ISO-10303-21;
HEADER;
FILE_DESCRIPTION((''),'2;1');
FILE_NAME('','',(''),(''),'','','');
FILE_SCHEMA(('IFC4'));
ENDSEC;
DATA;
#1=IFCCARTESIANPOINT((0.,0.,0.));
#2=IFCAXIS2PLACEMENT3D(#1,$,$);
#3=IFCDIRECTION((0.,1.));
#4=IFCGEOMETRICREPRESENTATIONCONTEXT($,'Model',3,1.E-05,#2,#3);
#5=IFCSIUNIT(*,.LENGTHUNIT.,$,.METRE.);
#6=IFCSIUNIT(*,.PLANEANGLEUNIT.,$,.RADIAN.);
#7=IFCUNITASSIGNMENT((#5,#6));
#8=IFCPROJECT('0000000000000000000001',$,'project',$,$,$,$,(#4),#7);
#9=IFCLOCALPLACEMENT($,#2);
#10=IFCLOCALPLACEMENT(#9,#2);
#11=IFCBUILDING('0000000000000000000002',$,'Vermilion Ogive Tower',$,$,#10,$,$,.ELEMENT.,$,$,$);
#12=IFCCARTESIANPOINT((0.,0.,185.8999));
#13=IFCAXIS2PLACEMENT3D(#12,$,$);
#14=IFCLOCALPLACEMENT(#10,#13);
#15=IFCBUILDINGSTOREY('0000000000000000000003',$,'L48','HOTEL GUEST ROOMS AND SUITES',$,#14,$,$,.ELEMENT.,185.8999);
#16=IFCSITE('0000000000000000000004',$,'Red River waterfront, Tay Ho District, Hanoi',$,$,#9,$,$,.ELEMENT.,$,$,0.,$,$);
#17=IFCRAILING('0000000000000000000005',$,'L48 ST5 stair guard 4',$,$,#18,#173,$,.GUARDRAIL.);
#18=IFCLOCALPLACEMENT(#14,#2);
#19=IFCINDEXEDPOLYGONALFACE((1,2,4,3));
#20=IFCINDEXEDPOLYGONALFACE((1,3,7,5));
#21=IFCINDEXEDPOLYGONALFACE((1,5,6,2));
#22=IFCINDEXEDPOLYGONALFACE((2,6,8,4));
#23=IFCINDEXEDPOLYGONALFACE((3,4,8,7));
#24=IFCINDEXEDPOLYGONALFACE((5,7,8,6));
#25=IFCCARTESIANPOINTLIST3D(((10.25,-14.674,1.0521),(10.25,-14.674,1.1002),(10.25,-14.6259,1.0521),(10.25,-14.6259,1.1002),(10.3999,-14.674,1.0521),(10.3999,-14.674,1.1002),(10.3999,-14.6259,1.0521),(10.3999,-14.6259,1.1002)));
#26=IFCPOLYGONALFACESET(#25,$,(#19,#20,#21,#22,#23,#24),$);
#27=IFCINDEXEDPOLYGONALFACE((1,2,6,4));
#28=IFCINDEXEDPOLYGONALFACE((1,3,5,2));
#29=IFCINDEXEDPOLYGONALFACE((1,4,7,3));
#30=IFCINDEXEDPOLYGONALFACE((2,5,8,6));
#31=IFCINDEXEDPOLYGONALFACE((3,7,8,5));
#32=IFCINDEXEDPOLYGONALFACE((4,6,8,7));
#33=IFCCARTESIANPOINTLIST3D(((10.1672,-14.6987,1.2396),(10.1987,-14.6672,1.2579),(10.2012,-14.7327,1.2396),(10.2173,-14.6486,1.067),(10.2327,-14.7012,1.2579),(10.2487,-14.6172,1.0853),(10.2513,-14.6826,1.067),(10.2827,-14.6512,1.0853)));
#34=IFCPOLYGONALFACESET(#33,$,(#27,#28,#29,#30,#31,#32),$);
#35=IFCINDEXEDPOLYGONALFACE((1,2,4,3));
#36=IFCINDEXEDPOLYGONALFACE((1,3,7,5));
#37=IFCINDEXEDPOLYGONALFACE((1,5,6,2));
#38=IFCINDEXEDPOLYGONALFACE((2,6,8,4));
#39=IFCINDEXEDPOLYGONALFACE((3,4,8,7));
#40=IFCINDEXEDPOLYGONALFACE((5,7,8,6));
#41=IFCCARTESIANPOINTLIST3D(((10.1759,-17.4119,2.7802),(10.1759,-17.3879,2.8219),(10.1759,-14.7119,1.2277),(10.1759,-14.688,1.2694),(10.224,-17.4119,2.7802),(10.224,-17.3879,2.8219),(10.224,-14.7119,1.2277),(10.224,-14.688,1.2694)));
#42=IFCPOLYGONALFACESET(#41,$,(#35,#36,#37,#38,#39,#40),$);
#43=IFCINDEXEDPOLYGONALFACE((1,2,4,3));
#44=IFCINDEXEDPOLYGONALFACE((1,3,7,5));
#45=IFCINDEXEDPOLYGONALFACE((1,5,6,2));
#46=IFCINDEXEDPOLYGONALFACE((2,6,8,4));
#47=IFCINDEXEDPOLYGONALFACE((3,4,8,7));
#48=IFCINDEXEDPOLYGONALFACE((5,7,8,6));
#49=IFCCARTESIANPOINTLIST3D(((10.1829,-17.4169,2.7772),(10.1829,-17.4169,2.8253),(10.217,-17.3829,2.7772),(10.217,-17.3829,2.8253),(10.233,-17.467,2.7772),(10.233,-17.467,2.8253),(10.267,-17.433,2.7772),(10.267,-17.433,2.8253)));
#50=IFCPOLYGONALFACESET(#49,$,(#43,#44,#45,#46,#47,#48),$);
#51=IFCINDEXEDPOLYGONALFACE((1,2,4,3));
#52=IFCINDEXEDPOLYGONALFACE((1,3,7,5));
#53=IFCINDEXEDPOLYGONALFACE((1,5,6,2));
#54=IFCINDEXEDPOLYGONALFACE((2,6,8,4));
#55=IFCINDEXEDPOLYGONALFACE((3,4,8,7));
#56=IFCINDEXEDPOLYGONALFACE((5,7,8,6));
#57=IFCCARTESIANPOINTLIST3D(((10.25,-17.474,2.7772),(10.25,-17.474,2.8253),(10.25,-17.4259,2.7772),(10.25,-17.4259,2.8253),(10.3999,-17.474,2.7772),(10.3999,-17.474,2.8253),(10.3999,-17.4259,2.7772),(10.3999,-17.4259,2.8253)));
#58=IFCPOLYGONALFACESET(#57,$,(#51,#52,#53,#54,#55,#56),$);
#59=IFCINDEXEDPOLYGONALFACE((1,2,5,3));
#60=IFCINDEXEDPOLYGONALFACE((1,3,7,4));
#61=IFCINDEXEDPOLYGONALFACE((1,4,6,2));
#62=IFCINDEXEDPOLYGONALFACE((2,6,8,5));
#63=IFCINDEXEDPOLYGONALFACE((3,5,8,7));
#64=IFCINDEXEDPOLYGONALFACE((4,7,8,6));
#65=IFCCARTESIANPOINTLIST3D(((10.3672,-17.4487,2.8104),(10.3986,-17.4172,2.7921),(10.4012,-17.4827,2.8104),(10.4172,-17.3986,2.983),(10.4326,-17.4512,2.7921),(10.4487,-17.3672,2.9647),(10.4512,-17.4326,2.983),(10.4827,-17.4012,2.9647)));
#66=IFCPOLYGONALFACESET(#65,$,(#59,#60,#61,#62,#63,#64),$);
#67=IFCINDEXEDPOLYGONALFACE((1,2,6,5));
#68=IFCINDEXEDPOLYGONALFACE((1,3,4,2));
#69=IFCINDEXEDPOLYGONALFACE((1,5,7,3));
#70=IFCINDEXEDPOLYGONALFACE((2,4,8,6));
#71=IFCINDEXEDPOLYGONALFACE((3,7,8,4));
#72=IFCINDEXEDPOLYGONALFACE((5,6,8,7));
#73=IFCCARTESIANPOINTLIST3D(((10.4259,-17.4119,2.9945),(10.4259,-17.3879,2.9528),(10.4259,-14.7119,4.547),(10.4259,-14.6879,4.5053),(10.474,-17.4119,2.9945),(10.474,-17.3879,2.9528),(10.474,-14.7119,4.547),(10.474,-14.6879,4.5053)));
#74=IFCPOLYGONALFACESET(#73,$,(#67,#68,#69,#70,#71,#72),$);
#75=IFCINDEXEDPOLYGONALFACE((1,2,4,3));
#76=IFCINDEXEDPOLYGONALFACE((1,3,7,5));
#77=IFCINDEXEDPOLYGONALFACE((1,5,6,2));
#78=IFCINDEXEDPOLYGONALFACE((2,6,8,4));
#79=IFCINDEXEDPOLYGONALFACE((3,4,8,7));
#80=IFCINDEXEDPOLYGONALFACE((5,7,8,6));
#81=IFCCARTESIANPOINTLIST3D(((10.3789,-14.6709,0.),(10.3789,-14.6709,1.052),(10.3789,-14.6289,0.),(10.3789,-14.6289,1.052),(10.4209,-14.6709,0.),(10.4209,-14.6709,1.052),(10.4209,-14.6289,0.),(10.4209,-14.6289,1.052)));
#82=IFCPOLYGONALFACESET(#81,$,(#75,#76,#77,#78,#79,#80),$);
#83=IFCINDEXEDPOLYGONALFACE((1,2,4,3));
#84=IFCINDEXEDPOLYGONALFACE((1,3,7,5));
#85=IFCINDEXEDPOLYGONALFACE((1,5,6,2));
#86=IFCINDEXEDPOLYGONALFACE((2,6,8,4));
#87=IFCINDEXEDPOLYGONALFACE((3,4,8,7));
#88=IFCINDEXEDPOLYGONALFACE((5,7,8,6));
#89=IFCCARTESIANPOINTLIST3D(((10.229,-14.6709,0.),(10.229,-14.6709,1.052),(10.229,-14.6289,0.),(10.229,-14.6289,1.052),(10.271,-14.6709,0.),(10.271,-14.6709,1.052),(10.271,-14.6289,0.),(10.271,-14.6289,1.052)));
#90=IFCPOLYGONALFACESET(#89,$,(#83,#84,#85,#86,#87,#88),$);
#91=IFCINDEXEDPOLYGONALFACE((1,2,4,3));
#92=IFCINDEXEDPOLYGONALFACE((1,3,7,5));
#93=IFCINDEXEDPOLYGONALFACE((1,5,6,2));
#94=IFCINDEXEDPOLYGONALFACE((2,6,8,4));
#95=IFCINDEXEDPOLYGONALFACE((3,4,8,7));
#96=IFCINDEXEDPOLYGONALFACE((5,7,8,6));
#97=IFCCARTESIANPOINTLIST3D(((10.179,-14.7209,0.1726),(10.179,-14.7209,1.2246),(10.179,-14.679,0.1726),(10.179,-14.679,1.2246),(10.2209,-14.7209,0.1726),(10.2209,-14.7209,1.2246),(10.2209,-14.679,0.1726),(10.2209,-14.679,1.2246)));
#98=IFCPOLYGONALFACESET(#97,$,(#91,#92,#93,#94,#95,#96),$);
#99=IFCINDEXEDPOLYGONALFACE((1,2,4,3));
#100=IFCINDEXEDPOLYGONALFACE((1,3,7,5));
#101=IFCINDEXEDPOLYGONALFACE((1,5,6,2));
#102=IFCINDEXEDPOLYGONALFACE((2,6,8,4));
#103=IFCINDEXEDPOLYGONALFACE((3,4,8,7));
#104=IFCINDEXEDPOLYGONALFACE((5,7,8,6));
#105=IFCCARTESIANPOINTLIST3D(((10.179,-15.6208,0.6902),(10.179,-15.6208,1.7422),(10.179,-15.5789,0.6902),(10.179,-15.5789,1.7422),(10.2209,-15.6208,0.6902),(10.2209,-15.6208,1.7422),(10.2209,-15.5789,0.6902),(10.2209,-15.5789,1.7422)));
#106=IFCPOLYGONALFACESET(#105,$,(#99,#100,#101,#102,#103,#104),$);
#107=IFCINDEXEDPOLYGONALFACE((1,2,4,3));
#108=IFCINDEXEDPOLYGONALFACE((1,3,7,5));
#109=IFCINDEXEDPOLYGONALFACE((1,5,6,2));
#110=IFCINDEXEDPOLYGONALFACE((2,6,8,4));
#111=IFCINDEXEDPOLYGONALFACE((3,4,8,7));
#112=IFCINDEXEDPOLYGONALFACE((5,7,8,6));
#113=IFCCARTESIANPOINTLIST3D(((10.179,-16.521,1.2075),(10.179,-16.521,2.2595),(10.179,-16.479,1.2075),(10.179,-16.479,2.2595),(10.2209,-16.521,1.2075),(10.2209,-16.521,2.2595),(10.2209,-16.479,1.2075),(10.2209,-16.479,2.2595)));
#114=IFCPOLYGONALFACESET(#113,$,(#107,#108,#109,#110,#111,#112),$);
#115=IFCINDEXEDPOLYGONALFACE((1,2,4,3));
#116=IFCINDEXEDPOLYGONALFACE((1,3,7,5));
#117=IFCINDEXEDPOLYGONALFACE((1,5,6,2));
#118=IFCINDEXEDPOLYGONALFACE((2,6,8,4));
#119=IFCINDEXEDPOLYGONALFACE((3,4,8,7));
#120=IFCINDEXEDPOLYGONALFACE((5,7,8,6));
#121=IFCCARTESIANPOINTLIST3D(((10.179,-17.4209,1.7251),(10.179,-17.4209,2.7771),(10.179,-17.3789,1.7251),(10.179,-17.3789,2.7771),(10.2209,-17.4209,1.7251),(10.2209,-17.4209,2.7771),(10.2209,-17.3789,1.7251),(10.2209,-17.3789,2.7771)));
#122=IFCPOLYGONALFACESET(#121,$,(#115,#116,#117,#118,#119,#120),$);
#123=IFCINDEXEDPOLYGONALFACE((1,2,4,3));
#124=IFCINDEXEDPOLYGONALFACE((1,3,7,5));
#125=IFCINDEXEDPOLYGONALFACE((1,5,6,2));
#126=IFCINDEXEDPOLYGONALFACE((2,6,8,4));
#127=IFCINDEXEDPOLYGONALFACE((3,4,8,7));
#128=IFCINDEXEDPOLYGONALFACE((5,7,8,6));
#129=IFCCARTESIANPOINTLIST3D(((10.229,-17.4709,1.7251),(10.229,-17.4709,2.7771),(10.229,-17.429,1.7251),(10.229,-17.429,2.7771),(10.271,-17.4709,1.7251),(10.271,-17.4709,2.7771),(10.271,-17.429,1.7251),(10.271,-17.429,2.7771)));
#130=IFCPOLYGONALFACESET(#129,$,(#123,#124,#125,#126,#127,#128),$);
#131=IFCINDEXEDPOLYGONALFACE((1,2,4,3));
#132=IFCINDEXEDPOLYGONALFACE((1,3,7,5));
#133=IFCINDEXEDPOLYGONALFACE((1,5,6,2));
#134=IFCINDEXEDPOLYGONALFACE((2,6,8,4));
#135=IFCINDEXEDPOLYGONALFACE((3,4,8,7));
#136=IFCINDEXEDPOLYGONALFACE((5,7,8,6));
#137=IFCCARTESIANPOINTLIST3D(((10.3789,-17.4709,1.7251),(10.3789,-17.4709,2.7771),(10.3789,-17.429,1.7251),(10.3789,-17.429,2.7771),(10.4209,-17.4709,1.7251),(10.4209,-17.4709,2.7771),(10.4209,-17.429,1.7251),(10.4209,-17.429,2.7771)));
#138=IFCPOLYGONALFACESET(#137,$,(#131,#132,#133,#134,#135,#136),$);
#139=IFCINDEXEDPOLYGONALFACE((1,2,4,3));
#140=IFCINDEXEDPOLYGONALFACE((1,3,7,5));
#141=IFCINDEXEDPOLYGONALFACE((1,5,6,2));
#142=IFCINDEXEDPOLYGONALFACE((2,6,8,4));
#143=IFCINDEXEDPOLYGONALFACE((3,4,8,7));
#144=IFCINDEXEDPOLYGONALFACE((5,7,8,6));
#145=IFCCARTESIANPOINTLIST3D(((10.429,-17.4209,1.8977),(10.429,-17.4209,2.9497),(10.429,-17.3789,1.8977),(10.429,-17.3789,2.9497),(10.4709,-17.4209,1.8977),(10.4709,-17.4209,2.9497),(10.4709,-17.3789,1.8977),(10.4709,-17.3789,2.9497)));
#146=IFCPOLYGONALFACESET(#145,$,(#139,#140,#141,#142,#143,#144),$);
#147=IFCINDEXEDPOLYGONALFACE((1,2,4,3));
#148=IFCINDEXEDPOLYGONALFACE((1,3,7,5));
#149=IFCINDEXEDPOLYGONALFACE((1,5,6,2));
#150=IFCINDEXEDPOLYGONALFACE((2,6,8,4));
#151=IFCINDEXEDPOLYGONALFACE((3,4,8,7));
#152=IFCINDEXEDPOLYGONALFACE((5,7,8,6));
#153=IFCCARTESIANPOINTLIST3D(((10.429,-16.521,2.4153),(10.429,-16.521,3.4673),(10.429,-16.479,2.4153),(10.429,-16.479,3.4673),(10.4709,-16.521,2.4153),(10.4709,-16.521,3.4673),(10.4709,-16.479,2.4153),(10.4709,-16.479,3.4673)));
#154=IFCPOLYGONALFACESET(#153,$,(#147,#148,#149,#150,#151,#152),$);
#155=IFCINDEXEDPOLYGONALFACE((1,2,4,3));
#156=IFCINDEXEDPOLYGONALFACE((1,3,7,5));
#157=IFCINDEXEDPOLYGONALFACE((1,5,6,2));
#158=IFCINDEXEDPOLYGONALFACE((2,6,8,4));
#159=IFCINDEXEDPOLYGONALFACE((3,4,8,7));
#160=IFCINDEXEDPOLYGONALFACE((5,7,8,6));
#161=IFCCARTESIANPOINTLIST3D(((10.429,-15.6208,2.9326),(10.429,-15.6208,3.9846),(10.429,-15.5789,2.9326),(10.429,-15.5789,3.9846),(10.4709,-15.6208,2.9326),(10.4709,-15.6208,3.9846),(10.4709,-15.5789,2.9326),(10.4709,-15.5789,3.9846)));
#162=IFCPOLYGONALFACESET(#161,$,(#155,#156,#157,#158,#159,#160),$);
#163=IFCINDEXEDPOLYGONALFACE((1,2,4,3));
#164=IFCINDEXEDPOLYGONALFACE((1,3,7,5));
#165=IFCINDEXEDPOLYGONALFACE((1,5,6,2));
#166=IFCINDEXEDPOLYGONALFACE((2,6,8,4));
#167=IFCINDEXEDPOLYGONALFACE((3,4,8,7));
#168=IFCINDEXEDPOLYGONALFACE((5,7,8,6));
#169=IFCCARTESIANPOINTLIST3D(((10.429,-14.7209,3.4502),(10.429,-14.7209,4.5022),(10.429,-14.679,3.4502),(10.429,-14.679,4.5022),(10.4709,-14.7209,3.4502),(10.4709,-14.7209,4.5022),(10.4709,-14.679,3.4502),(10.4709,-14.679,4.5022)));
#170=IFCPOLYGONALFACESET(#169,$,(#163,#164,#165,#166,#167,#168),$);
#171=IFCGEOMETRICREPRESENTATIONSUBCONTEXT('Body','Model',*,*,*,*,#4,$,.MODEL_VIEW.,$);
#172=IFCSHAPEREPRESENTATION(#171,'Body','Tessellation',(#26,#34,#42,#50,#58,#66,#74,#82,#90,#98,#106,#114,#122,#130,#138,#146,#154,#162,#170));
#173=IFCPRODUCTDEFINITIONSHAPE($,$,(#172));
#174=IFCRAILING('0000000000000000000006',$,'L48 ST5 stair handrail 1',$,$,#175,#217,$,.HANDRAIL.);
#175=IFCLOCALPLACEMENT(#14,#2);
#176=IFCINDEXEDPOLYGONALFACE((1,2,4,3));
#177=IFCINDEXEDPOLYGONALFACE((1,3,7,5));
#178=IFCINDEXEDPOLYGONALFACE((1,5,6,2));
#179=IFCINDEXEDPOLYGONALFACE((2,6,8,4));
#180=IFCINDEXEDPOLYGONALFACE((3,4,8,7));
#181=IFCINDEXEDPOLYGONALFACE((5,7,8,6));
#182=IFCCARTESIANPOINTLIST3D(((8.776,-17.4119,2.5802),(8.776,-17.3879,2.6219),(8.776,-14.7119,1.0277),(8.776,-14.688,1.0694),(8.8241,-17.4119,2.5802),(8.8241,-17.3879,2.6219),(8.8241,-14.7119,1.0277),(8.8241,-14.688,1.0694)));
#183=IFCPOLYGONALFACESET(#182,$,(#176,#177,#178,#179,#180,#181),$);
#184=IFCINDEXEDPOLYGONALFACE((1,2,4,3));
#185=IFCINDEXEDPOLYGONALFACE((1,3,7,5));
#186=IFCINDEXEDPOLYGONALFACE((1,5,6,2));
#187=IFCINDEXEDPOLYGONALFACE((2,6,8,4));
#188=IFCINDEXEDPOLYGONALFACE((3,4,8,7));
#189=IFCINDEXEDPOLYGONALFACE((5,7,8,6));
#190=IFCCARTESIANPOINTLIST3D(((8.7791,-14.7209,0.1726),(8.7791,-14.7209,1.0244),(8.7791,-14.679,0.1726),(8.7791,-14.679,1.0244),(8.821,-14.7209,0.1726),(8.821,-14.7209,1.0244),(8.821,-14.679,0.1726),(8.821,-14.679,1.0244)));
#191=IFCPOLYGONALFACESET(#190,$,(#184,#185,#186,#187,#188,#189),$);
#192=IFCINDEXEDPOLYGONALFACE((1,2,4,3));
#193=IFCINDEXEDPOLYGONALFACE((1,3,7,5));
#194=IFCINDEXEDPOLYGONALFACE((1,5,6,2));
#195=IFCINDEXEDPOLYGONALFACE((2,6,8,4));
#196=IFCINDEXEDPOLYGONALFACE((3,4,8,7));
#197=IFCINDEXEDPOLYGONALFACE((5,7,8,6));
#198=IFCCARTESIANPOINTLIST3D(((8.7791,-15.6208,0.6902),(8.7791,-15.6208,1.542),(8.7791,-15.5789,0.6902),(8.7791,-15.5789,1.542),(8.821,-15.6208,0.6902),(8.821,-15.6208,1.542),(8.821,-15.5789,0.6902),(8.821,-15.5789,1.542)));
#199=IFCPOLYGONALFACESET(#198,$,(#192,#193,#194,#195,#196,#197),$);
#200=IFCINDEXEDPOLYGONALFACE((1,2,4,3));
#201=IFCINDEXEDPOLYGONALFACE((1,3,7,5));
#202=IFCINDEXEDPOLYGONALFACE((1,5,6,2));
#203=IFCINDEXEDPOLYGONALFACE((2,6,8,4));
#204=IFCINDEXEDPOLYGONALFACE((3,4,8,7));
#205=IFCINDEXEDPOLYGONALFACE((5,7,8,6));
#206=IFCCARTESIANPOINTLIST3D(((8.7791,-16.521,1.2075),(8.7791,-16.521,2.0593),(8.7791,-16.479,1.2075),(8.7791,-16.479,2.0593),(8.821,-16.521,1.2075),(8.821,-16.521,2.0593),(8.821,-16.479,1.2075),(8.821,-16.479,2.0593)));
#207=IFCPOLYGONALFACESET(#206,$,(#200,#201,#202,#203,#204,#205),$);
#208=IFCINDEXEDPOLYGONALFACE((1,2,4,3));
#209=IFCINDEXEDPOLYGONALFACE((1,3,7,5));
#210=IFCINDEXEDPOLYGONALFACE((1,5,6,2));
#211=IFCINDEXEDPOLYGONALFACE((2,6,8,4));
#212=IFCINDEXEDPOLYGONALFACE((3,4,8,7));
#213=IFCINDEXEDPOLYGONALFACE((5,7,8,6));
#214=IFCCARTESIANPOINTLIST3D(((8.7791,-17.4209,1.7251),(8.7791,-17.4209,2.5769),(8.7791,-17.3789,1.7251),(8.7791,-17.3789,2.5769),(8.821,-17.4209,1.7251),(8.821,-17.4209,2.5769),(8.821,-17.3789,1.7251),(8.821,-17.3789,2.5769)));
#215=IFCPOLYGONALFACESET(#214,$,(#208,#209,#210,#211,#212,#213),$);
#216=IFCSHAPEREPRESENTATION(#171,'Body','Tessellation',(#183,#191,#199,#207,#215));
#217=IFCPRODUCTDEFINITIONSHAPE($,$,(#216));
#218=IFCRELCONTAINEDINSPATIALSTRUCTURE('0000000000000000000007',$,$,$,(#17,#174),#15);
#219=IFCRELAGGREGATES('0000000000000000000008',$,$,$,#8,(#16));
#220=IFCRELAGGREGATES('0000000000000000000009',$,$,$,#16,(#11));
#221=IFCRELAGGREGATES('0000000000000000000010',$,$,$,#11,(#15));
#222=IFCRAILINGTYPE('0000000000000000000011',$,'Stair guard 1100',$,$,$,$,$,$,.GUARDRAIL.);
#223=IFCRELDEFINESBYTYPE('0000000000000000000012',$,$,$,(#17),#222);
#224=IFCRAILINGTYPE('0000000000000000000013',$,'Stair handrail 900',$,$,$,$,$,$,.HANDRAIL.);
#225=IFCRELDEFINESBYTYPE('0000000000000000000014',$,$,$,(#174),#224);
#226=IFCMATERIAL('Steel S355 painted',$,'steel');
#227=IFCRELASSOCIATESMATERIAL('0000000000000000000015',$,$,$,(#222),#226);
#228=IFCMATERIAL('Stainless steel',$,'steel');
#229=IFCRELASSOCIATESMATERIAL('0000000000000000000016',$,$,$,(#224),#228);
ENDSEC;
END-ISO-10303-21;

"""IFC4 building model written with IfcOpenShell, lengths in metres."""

from ifc_helpers import new_model, si_unit, direction, frame, origin, origin_2d, place, context, subcontext, project, spatial, rectangle, extrude, material, type_object, element, save


model = new_model("IFC4")

# Units and contexts
model_context = context("Model", 3, precision=1e-05, world=origin(), true_north=direction((0.0, 1.0)))
body_context = subcontext(model_context, "Body", "Model", "MODEL_VIEW")
ifc_project = project(units=[si_unit("LENGTHUNIT", "METRE"), si_unit("PLANEANGLEUNIT", "RADIAN")], contexts=[model_context])

# Site, building, storey
site_placement = place(None, origin())
site = spatial("IfcSite", under=ifc_project, at=site_placement, Name="Red River waterfront, Tay Ho District, Hanoi", CompositionType="ELEMENT", RefElevation=0.0)
building_placement = place(site_placement, origin())
building = spatial("IfcBuilding", under=site, at=building_placement, Name="Vermilion Ogive Tower", CompositionType="ELEMENT")
storey_placement = place(building_placement, frame((0.0, 0.0, 185.8999)))
storey = spatial("IfcBuildingStorey", under=building, at=storey_placement, Name="L48", Description="HOTEL GUEST ROOMS AND SUITES", CompositionType="ELEMENT", Elevation=185.8999)

# Railings
ifc_material_1 = material(Name="Steel S355 painted", Category="steel")
railing_type_1 = type_object("IfcRailingType", Name="Stair guard 1100", PredefinedType="GUARDRAIL", material=ifc_material_1)
railing_1_placement = place(storey_placement, frame((10.3999, -14.6499, 0.0)))
element("IfcRailing", 1, at=railing_1_placement, inside=storey, type_object=railing_type_1, Name="L48 ST5 stair guard 4", PredefinedType="GUARDRAIL", context=body_context, shape_type="SweptSolid", body=[
    extrude(rectangle(XDim=0.0481, YDim=0.0481, at=origin_2d()), frame((0.0, 0.0, 1.0762), z_axis=(-1.0, 0.0, 0.0), x_axis=(0.0, -1.0, 0.0)), (0.0, 0.0, 1.0), 0.1499),
    extrude(rectangle(XDim=0.0481, YDim=0.0481, at=origin_2d()), frame((-0.1499, 0.0, 1.0762), z_axis=(-0.268278, -0.268278, 0.925232), x_axis=(0.707107, -0.707107, 0.0)), (0.0, 0.0, 1.0), 0.1865),
    extrude(rectangle(XDim=0.0481, YDim=0.0481, at=origin_2d()), frame((-0.2, -0.05, 1.2485), z_axis=(0.0, -0.866904, 0.498476), x_axis=(1.0, 0.0, 0.0)), (0.0, 0.0, 1.0), 3.1145),
    extrude(rectangle(XDim=0.0481, YDim=0.0481, at=origin_2d()), frame((-0.2, -2.75, 2.8013), z_axis=(0.707107, -0.707107, 0.0), x_axis=(0.707107, 0.707107, 0.0)), (0.0, 0.0, 1.0), 0.0708),
    extrude(rectangle(XDim=0.0481, YDim=0.0481, at=origin_2d()), frame((-0.1499, -2.8, 2.8013), z_axis=(1.0, 0.0, 0.0), x_axis=(0.0, 1.0, 0.0)), (0.0, 0.0, 1.0), 0.1499),
    extrude(rectangle(XDim=0.0481, YDim=0.0481, at=origin_2d()), frame((0.0, -2.8, 2.8013), z_axis=(0.268278, 0.268278, 0.925232), x_axis=(-0.707107, 0.707107, 0.0)), (0.0, 0.0, 1.0), 0.1865),
    extrude(rectangle(XDim=0.0481, YDim=0.0481, at=origin_2d()), frame((0.05, -2.75, 2.9736), z_axis=(0.0, 0.866904, 0.498476), x_axis=(-1.0, 0.0, 0.0)), (0.0, 0.0, 1.0), 3.1145),
    extrude(rectangle(XDim=0.042, YDim=0.042, at=origin_2d()), origin(), (0.0, 0.0, 1.0), 1.052),
    extrude(rectangle(XDim=0.042, YDim=0.042, at=origin_2d()), frame((-0.1499, 0.0, 0.0)), (0.0, 0.0, 1.0), 1.052),
    extrude(rectangle(XDim=0.042, YDim=0.042, at=origin_2d()), frame((-0.2, -0.05, 0.1726)), (0.0, 0.0, 1.0), 1.052),
    extrude(rectangle(XDim=0.042, YDim=0.042, at=origin_2d()), frame((-0.2, -0.95, 0.6902)), (0.0, 0.0, 1.0), 1.052),
    extrude(rectangle(XDim=0.042, YDim=0.042, at=origin_2d()), frame((-0.2, -1.8501, 1.2075)), (0.0, 0.0, 1.0), 1.052),
    extrude(rectangle(XDim=0.042, YDim=0.042, at=origin_2d()), frame((-0.2, -2.75, 1.7251)), (0.0, 0.0, 1.0), 1.052),
    extrude(rectangle(XDim=0.042, YDim=0.042, at=origin_2d()), frame((-0.1499, -2.8, 1.7251)), (0.0, 0.0, 1.0), 1.052),
    extrude(rectangle(XDim=0.042, YDim=0.042, at=origin_2d()), frame((0.0, -2.8, 1.7251)), (0.0, 0.0, 1.0), 1.052),
    extrude(rectangle(XDim=0.042, YDim=0.042, at=origin_2d()), frame((0.05, -2.75, 1.8977)), (0.0, 0.0, 1.0), 1.052),
    extrude(rectangle(XDim=0.042, YDim=0.042, at=origin_2d()), frame((0.05, -1.8501, 2.4153)), (0.0, 0.0, 1.0), 1.052),
    extrude(rectangle(XDim=0.042, YDim=0.042, at=origin_2d()), frame((0.05, -0.95, 2.9326)), (0.0, 0.0, 1.0), 1.052),
    extrude(rectangle(XDim=0.042, YDim=0.042, at=origin_2d()), frame((0.05, -0.05, 3.4502)), (0.0, 0.0, 1.0), 1.052),
])
ifc_material_2 = material(Name="Stainless steel", Category="steel")
railing_type_2 = type_object("IfcRailingType", Name="Stair handrail 900", PredefinedType="HANDRAIL", material=ifc_material_2)
railing_2_placement = place(storey_placement, frame((8.8, -14.7, 0.1726)))
element("IfcRailing", 2, at=railing_2_placement, inside=storey, type_object=railing_type_2, Name="L48 ST5 stair handrail 1", PredefinedType="HANDRAIL", context=body_context, shape_type="SweptSolid", body=[
    extrude(rectangle(XDim=0.0481, YDim=0.0481, at=origin_2d()), frame((0.0, 0.0, 0.876), z_axis=(0.0, -0.866904, 0.498476), x_axis=(1.0, 0.0, 0.0)), (0.0, 0.0, 1.0), 3.1145),
    extrude(rectangle(XDim=0.042, YDim=0.042, at=origin_2d()), origin(), (0.0, 0.0, 1.0), 0.8518),
    extrude(rectangle(XDim=0.042, YDim=0.042, at=origin_2d()), frame((0.0, -0.8999, 0.5176)), (0.0, 0.0, 1.0), 0.8518),
    extrude(rectangle(XDim=0.042, YDim=0.042, at=origin_2d()), frame((0.0, -1.8, 1.0349)), (0.0, 0.0, 1.0), 0.8518),
    extrude(rectangle(XDim=0.042, YDim=0.042, at=origin_2d()), frame((0.0, -2.7, 1.5525)), (0.0, 0.0, 1.0), 0.8518),
])

save(model, "model.ifc")
